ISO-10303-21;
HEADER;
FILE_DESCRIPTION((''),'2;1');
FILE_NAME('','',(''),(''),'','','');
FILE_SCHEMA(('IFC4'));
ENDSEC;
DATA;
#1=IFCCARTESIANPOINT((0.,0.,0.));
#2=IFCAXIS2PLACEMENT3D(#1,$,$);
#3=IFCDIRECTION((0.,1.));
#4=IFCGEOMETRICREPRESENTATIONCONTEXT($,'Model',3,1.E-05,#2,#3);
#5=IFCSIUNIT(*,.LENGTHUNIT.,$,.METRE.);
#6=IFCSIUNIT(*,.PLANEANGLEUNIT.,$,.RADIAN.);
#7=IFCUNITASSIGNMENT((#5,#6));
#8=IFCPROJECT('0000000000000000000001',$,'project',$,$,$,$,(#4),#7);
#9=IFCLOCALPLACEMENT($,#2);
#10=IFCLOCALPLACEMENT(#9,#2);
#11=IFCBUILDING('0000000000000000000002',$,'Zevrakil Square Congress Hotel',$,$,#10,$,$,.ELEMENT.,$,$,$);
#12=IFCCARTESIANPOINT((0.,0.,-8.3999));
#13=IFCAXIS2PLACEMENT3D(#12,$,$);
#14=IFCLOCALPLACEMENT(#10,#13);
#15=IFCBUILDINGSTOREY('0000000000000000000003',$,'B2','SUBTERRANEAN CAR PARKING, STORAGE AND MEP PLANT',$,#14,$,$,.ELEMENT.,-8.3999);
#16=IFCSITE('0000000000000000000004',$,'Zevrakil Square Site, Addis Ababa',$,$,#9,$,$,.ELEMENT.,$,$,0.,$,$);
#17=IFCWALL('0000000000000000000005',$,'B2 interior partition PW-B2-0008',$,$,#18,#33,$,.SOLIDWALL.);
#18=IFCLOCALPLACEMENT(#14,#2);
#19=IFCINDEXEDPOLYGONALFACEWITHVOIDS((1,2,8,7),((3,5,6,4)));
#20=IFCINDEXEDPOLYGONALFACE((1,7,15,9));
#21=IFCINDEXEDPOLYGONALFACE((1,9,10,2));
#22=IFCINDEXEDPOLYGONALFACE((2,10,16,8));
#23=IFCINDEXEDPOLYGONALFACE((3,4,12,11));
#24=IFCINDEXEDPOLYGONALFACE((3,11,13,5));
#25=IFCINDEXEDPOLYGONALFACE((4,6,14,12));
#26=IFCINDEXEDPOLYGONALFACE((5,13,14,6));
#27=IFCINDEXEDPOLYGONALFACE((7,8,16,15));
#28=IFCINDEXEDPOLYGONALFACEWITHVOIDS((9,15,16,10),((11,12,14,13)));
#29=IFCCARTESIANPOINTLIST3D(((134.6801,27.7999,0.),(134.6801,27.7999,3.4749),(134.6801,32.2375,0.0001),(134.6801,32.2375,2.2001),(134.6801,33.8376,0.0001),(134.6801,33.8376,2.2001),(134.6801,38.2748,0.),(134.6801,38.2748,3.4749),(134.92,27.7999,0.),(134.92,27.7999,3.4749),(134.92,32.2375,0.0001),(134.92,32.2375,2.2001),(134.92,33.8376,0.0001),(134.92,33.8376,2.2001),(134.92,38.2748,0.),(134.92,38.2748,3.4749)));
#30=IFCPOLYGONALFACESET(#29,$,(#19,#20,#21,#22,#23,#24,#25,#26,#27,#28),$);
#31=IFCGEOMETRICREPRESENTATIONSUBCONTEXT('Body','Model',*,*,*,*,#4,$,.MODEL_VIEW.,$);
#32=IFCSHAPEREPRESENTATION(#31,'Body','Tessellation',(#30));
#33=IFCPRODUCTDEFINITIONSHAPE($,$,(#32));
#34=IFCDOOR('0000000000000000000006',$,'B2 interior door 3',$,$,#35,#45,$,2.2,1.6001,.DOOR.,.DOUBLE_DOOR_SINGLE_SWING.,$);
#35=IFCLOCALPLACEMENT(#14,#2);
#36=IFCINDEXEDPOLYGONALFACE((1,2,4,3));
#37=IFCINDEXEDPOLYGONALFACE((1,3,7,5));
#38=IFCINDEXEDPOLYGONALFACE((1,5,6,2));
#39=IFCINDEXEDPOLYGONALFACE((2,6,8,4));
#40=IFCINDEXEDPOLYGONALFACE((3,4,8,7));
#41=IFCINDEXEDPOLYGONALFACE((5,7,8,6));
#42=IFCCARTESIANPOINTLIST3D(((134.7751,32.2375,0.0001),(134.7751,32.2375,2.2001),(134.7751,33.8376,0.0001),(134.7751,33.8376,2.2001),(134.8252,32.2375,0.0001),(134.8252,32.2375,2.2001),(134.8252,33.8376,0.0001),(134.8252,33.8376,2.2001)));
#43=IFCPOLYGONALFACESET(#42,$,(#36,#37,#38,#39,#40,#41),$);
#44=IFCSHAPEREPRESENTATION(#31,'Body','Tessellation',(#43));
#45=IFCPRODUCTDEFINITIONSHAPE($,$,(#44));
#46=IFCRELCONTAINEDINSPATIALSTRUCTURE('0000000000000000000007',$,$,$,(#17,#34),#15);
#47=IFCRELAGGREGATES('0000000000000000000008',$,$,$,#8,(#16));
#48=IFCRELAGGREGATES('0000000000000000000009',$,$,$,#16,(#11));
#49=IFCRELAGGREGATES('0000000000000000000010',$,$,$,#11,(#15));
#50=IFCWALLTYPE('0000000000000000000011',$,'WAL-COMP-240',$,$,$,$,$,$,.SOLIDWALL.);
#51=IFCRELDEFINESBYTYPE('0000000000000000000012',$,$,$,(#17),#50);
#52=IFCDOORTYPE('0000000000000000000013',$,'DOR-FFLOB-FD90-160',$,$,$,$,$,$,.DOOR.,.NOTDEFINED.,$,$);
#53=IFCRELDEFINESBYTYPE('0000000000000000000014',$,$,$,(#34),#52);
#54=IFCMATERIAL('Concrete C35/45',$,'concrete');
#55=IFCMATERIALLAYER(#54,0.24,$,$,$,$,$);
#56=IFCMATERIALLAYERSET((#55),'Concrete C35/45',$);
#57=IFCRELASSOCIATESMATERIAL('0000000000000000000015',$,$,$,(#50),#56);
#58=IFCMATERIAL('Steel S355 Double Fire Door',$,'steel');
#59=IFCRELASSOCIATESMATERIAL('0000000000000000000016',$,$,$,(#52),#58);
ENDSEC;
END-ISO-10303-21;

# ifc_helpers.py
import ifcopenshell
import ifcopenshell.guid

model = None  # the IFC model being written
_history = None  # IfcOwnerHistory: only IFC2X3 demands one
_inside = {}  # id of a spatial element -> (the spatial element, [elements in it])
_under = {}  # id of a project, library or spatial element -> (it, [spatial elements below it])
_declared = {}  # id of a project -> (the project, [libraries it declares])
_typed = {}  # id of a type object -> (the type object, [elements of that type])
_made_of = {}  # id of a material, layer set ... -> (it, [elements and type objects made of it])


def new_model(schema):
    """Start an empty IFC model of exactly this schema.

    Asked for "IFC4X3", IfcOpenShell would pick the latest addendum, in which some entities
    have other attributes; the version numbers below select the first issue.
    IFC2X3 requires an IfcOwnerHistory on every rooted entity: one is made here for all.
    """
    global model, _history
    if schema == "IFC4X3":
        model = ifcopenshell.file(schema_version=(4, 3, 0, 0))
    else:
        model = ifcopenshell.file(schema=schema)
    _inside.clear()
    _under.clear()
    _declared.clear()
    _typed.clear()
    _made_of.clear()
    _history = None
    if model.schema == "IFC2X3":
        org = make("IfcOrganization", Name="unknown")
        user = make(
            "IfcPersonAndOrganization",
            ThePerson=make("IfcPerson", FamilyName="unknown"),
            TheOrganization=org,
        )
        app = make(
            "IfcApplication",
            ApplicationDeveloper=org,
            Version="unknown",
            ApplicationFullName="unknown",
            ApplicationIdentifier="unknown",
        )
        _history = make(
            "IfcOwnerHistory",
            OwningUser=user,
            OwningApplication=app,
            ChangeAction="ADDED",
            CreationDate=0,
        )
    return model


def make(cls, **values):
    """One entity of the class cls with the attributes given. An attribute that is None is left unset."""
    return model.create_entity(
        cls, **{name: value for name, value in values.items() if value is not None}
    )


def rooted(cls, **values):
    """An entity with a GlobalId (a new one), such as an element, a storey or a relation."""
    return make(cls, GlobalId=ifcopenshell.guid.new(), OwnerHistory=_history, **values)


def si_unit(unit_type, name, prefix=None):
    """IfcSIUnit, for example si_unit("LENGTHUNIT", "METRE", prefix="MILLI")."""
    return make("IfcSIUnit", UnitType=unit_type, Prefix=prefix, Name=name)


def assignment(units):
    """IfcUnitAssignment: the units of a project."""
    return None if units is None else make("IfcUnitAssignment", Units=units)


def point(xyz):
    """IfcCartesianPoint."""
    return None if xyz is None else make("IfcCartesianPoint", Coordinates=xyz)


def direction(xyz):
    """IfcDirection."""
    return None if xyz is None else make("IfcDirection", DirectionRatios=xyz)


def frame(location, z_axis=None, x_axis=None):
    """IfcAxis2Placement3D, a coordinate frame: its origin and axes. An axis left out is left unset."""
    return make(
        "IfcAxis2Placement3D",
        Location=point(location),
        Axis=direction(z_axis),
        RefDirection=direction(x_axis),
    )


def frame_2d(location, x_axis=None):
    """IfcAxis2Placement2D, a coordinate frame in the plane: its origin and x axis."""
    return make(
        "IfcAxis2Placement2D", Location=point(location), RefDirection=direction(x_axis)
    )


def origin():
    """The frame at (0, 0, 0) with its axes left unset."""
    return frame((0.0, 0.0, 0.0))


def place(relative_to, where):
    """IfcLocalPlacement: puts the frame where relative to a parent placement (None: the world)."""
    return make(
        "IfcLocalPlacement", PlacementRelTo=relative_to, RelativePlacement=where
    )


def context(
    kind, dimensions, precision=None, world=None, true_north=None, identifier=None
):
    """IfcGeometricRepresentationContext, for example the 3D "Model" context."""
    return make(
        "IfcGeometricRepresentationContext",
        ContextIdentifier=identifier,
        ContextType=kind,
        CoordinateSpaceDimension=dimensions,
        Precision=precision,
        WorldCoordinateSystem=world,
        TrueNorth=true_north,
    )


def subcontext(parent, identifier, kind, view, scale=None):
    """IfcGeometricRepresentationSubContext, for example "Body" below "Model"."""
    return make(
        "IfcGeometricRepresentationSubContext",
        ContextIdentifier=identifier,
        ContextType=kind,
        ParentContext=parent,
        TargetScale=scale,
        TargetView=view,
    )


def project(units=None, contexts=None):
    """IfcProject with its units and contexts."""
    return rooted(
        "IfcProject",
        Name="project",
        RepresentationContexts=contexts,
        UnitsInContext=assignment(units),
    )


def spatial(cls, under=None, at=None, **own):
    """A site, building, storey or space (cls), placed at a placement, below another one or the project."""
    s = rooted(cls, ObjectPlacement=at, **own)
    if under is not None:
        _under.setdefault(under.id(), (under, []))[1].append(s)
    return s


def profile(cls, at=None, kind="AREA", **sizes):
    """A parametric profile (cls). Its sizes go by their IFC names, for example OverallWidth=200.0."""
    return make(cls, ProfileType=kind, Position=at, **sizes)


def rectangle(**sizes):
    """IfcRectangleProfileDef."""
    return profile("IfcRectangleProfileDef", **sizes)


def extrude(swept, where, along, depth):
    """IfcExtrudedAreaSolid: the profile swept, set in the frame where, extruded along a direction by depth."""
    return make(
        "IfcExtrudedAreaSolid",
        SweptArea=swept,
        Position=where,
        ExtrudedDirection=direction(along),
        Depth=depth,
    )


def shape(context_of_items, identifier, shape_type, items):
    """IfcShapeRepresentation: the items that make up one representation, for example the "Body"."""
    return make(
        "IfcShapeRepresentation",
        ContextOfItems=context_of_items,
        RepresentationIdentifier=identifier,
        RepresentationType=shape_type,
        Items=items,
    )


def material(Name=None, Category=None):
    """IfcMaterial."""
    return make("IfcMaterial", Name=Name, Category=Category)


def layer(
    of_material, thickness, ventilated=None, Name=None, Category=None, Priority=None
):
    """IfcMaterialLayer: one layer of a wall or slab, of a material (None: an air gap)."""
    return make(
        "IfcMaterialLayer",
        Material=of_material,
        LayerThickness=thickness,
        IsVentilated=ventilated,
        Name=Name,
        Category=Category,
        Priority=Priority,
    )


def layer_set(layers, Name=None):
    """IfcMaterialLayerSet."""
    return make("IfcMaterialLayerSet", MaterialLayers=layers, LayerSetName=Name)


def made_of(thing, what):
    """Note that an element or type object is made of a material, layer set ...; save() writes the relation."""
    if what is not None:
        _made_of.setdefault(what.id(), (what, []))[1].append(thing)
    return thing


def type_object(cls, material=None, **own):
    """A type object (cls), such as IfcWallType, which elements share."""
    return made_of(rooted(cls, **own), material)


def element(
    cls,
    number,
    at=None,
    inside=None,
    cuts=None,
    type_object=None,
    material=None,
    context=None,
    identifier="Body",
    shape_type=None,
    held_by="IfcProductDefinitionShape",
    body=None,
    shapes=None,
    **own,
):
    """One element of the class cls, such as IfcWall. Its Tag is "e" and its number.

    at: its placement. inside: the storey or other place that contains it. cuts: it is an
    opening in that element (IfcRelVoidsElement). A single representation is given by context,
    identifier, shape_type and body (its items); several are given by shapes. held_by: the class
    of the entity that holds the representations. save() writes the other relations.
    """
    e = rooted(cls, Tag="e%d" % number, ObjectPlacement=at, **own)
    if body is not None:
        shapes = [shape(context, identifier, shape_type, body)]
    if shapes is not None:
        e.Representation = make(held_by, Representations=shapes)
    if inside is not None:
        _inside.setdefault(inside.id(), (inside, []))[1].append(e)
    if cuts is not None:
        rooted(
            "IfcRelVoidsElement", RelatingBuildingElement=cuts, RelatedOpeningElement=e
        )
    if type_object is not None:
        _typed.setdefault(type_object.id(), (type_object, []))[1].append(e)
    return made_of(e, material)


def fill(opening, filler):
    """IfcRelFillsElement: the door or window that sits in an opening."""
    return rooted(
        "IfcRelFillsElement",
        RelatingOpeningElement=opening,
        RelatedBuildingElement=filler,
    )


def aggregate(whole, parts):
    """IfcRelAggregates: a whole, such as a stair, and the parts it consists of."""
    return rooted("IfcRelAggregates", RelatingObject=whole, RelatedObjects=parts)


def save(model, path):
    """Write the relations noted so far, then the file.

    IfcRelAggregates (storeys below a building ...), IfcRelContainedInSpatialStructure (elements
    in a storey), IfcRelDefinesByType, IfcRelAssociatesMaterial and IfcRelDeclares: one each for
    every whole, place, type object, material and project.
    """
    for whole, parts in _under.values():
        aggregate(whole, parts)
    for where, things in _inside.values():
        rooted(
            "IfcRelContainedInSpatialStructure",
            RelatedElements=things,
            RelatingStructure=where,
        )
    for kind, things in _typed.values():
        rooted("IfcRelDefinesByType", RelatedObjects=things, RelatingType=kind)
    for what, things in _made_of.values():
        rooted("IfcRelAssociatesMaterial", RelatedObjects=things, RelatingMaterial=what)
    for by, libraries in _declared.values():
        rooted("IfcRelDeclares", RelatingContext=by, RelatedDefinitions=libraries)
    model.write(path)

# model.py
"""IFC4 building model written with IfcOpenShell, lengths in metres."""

from ifc_helpers import new_model, si_unit, direction, frame, frame_2d, origin, place, context, subcontext, project, spatial, rectangle, extrude, material, layer, layer_set, type_object, element, fill, save


model = new_model("IFC4")

# Units and contexts
model_context = context("Model", 3, precision=1e-05, world=origin(), true_north=direction((0.0, 1.0)))
body_context = subcontext(model_context, "Body", "Model", "MODEL_VIEW")
ifc_project = project(units=[si_unit("LENGTHUNIT", "METRE"), si_unit("PLANEANGLEUNIT", "RADIAN")], contexts=[model_context])

# Site, building, storey
site_placement = place(None, origin())
site = spatial("IfcSite", under=ifc_project, at=site_placement, Name="Zevrakil Square Site, Addis Ababa", CompositionType="ELEMENT", RefElevation=0.0)
building_placement = place(site_placement, origin())
building = spatial("IfcBuilding", under=site, at=building_placement, Name="Zevrakil Square Congress Hotel", CompositionType="ELEMENT")
storey_placement = place(building_placement, frame((0.0, 0.0, -8.3999)))
storey = spatial("IfcBuildingStorey", under=building, at=storey_placement, Name="B2", Description="SUBTERRANEAN CAR PARKING, STORAGE AND MEP PLANT", CompositionType="ELEMENT", Elevation=-8.3999)

# Wall, opening, door
ifc_material_1 = material(Name="Concrete C35/45", Category="concrete")
ifc_layer = layer(ifc_material_1, 0.24)
ifc_layer_set = layer_set([ifc_layer], Name="Concrete C35/45")
wall_type = type_object("IfcWallType", Name="WAL-COMP-240", PredefinedType="SOLIDWALL", material=ifc_layer_set)
wall_placement = place(storey_placement, frame((134.8, 27.8, 0.0), z_axis=(0.0, 0.0, 1.0), x_axis=(0.0, 1.0, 0.0)))
wall = element("IfcWall", 1, at=wall_placement, inside=storey, type_object=wall_type, Name="B2 interior partition PW-B2-0008", PredefinedType="SOLIDWALL", context=body_context, shape_type="SweptSolid", body=[
    extrude(rectangle(XDim=10.4749, YDim=0.24, at=frame_2d((5.2373, 0.0))), origin(), (0.0, 0.0, 1.0), 3.4749),
])
opening_placement = place(wall_placement, frame((4.4375, 0.0, 0.0)))
opening = element("IfcOpeningElement", 2, at=opening_placement, cuts=wall, PredefinedType="OPENING", context=body_context, shape_type="SweptSolid", body=[
    extrude(rectangle(XDim=1.6001, YDim=2.2, at=frame_2d((0.8, 1.1001))), frame((0.0, 0.1299, 0.0), z_axis=(0.0, -1.0, 0.0), x_axis=(1.0, 0.0, 0.0)), (0.0, 0.0, 1.0), 0.26),
])
ifc_material_2 = material(Name="Steel S355 Double Fire Door", Category="steel")
door_type = type_object("IfcDoorType", Name="DOR-FFLOB-FD90-160", OperationType="NOTDEFINED", PredefinedType="DOOR", material=ifc_material_2)
door_placement = place(opening_placement, origin())
door = element("IfcDoor", 3, at=door_placement, inside=storey, type_object=door_type, Name="B2 interior door 3", OperationType="DOUBLE_DOOR_SINGLE_SWING", OverallHeight=2.2, OverallWidth=1.6001, PredefinedType="DOOR", context=body_context, shape_type="SweptSolid", body=[
    extrude(rectangle(XDim=1.6001, YDim=2.2, at=frame_2d((0.8, 1.1001))), frame((0.0, 0.0249, 0.0), z_axis=(0.0, -1.0, 0.0), x_axis=(1.0, 0.0, 0.0)), (0.0, 0.0, 1.0), 0.05),
])
fill(opening, door)

save(model, "model.ifc")
